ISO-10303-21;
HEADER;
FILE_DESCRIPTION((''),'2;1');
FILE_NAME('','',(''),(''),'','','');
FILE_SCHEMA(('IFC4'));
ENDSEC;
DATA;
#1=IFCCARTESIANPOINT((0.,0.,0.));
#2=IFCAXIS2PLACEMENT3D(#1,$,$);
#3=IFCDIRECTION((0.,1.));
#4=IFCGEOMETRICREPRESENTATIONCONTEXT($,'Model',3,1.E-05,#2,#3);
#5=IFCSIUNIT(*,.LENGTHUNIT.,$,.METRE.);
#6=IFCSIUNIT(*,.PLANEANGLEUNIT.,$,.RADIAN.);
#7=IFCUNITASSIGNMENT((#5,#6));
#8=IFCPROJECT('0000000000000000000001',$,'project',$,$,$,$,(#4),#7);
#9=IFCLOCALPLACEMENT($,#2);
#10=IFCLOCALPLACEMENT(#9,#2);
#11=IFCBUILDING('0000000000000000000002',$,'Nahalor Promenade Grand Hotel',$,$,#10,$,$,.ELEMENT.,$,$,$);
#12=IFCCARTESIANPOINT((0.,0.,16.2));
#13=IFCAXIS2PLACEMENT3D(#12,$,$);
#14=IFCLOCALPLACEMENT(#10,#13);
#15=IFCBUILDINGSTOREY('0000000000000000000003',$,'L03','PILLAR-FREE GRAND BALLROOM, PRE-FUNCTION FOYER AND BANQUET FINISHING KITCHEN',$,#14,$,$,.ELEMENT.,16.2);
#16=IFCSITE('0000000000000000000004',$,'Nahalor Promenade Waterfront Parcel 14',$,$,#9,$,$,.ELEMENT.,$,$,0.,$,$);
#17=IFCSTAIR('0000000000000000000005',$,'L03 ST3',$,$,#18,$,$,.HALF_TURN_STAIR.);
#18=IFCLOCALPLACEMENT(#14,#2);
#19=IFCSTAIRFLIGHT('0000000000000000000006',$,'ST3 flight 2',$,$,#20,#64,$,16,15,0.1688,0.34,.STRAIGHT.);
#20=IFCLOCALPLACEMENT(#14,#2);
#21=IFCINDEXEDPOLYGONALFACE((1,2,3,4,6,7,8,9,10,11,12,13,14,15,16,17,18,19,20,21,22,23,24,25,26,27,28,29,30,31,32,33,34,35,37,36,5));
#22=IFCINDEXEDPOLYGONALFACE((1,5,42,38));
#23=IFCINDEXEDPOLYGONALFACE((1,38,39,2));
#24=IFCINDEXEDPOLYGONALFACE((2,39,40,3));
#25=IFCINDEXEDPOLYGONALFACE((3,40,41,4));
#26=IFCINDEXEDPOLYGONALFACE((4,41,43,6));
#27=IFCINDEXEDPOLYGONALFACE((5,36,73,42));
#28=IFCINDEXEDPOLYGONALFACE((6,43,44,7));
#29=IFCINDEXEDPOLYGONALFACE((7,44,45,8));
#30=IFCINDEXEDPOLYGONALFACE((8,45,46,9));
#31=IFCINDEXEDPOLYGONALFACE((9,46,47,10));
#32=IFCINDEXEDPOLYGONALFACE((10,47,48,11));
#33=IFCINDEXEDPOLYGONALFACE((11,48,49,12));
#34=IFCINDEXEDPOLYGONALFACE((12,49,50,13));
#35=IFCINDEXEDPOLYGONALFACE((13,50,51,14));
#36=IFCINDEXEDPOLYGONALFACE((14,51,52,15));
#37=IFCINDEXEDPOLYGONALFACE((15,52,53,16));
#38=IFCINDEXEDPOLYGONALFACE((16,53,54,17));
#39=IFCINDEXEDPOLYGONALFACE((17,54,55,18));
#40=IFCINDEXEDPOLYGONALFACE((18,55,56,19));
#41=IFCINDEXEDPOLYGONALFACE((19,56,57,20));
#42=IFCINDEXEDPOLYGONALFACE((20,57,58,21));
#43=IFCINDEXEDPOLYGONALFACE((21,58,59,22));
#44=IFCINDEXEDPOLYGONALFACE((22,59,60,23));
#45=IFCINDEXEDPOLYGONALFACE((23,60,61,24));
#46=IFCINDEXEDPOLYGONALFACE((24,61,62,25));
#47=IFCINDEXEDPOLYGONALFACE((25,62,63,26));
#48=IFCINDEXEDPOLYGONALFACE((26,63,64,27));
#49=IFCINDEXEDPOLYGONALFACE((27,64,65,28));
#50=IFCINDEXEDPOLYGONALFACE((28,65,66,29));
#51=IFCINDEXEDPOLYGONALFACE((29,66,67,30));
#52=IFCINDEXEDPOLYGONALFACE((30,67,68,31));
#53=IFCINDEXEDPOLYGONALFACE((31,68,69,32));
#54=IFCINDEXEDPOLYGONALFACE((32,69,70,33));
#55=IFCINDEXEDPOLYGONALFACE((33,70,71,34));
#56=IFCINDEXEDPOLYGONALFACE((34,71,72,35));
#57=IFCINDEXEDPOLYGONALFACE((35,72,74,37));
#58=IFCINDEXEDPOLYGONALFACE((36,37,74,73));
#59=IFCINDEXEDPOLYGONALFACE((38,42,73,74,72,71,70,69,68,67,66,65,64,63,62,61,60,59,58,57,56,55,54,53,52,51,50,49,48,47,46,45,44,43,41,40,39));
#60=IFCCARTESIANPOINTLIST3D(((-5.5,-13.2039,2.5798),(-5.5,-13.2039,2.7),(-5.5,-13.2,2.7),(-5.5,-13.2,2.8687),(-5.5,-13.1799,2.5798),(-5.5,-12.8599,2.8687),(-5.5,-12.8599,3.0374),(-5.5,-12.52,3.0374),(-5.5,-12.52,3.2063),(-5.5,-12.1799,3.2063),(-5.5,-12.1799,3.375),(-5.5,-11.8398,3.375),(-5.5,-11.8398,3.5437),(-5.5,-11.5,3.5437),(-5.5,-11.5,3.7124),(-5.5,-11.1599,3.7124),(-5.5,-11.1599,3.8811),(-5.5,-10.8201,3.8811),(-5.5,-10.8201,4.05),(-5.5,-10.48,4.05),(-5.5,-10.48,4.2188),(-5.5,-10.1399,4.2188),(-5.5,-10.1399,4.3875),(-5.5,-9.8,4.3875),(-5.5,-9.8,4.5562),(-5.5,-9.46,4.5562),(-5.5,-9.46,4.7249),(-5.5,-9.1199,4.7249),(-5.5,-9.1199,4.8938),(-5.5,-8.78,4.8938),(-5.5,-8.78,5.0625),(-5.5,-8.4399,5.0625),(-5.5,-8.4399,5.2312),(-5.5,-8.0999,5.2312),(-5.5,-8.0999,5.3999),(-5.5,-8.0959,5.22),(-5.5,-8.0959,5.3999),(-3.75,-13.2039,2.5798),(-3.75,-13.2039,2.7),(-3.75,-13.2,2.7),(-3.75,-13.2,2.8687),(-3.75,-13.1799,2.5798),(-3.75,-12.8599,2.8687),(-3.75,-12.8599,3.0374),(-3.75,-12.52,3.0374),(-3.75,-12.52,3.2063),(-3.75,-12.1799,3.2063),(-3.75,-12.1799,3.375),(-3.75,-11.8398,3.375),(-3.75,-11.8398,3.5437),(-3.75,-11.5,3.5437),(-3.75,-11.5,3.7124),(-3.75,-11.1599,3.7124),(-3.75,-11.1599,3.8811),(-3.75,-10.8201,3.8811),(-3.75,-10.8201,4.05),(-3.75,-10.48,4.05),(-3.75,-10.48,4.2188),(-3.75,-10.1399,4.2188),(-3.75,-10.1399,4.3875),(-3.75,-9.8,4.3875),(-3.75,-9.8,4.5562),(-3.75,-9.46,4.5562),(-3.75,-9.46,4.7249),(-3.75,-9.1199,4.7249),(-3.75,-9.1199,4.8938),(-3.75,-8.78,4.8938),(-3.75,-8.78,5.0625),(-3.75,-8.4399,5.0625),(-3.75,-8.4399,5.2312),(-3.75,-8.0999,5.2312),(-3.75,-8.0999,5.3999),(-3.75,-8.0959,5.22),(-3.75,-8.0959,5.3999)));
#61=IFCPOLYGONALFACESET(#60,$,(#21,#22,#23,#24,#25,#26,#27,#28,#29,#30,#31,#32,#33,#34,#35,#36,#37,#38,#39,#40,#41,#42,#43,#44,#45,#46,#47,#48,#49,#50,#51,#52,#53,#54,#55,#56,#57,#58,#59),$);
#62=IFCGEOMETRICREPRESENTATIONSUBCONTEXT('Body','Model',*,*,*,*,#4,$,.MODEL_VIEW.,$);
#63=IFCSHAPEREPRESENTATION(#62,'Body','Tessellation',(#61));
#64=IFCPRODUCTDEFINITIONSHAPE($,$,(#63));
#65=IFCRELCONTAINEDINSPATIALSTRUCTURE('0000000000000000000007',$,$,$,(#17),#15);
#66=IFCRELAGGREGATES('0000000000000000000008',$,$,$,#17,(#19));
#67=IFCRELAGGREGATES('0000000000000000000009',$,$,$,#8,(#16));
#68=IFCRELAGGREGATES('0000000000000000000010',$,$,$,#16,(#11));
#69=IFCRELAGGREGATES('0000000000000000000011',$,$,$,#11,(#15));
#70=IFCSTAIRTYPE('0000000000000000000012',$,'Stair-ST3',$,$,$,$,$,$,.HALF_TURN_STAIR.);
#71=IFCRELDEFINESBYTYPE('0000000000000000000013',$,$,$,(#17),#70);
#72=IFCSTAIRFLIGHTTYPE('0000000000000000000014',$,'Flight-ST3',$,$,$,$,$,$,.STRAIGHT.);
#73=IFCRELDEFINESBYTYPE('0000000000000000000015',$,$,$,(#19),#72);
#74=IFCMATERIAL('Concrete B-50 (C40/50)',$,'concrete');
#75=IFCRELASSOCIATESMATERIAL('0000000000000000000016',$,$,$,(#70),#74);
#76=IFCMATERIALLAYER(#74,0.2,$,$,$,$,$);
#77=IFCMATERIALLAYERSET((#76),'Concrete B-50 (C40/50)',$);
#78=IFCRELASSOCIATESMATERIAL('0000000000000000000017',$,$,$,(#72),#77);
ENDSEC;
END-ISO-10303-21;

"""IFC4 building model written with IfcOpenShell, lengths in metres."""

from ifc_helpers import new_model, si_unit, direction, frame, origin, place, context, subcontext, project, spatial, polyline, outline, extrude, source, transform, mapped, material, layer, layer_set, type_object, element, aggregate, save


model = new_model("IFC4")

# Units and contexts
model_context = context("Model", 3, precision=1e-05, world=origin(), true_north=direction((0.0, 1.0)))
body_context = subcontext(model_context, "Body", "Model", "MODEL_VIEW")
ifc_project = project(units=[si_unit("LENGTHUNIT", "METRE"), si_unit("PLANEANGLEUNIT", "RADIAN")], contexts=[model_context])

# Site, building, storey
site_placement = place(None, origin())
site = spatial("IfcSite", under=ifc_project, at=site_placement, Name="Nahalor Promenade Waterfront Parcel 14", CompositionType="ELEMENT", RefElevation=0.0)
building_placement = place(site_placement, origin())
building = spatial("IfcBuilding", under=site, at=building_placement, Name="Nahalor Promenade Grand Hotel", CompositionType="ELEMENT")
storey_placement = place(building_placement, frame((0.0, 0.0, 16.2)))
storey = spatial("IfcBuildingStorey", under=building, at=storey_placement, Name="L03", Description="PILLAR-FREE GRAND BALLROOM, PRE-FUNCTION FOYER AND BANQUET FINISHING KITCHEN", CompositionType="ELEMENT", Elevation=16.2)

# Shared definitions
ifc_material_1 = material(Name="Concrete B-50 (C40/50)", Category="concrete")

# Stair, stair flight
stair_type_1 = type_object("IfcStairType", Name="Stair-ST3", PredefinedType="HALF_TURN_STAIR", material=ifc_material_1)
stair_1_placement = place(storey_placement, origin())
stair_1 = element("IfcStair", 1, at=stair_1_placement, inside=storey, type_object=stair_type_1, Name="L03 ST3", PredefinedType="HALF_TURN_STAIR")
ifc_layer_1 = layer(ifc_material_1, 0.2)
ifc_layer_set_1 = layer_set([ifc_layer_1], Name="Concrete B-50 (C40/50)")
stair_flight_type_1 = type_object("IfcStairFlightType", Name="Flight-ST3", PredefinedType="STRAIGHT", material=ifc_layer_set_1)
shared_shape_1 = source(origin(), body_context, "Body", "SweptSolid", [
    extrude(outline(polyline([(-0.0039, -0.1201), (-0.0039, 0.0), (0.0, 0.0), (0.0, 0.1687), (0.3401, 0.1687), (0.3401, 0.3374), (0.6799, 0.3374), (0.6799, 0.5063), (1.02, 0.5063), (1.02, 0.675), (1.3601, 0.675), (1.3601, 0.8438), (1.7, 0.8438), (1.7, 1.0125), (2.04, 1.0125), (2.04, 1.1812), (2.3799, 1.1812), (2.3799, 1.3501), (2.72, 1.3501), (2.72, 1.5188), (3.0601, 1.5188), (3.0601, 1.6875), (3.3999, 1.6875), (3.3999, 1.8562), (3.74, 1.8562), (3.74, 2.0249), (4.0801, 2.0249), (4.0801, 2.1938), (4.4199, 2.1938), (4.4199, 2.3625), (4.76, 2.3625), (4.76, 2.5312), (5.1001, 2.5312), (5.1001, 2.7), (5.104, 2.7), (5.104, 2.52), (0.02, -0.1201), (-0.0039, -0.1201)])), frame((0.0, 0.875, 0.0), z_axis=(0.0, -1.0, 0.0), x_axis=(1.0, 0.0, 0.0)), (0.0, 0.0, 1.0), 1.75),
])
stair_flight_1_placement = place(storey_placement, frame((-4.625, -13.2, 2.7), z_axis=(0.0, 0.0, 1.0), x_axis=(0.0, 1.0, 0.0)))
stair_flight_1 = element("IfcStairFlight", 2, at=stair_flight_1_placement, type_object=stair_flight_type_1, Name="ST3 flight 2", NumberOfRisers=16, NumberOfTreads=15, PredefinedType="STRAIGHT", RiserHeight=0.1688, TreadLength=0.34, context=body_context, shape_type="MappedRepresentation", body=[
    mapped(shared_shape_1, transform((0.0, 0.0, 0.0), scale=1.0)),
])
aggregate(stair_1, [stair_flight_1])

save(model, "model.ifc")
